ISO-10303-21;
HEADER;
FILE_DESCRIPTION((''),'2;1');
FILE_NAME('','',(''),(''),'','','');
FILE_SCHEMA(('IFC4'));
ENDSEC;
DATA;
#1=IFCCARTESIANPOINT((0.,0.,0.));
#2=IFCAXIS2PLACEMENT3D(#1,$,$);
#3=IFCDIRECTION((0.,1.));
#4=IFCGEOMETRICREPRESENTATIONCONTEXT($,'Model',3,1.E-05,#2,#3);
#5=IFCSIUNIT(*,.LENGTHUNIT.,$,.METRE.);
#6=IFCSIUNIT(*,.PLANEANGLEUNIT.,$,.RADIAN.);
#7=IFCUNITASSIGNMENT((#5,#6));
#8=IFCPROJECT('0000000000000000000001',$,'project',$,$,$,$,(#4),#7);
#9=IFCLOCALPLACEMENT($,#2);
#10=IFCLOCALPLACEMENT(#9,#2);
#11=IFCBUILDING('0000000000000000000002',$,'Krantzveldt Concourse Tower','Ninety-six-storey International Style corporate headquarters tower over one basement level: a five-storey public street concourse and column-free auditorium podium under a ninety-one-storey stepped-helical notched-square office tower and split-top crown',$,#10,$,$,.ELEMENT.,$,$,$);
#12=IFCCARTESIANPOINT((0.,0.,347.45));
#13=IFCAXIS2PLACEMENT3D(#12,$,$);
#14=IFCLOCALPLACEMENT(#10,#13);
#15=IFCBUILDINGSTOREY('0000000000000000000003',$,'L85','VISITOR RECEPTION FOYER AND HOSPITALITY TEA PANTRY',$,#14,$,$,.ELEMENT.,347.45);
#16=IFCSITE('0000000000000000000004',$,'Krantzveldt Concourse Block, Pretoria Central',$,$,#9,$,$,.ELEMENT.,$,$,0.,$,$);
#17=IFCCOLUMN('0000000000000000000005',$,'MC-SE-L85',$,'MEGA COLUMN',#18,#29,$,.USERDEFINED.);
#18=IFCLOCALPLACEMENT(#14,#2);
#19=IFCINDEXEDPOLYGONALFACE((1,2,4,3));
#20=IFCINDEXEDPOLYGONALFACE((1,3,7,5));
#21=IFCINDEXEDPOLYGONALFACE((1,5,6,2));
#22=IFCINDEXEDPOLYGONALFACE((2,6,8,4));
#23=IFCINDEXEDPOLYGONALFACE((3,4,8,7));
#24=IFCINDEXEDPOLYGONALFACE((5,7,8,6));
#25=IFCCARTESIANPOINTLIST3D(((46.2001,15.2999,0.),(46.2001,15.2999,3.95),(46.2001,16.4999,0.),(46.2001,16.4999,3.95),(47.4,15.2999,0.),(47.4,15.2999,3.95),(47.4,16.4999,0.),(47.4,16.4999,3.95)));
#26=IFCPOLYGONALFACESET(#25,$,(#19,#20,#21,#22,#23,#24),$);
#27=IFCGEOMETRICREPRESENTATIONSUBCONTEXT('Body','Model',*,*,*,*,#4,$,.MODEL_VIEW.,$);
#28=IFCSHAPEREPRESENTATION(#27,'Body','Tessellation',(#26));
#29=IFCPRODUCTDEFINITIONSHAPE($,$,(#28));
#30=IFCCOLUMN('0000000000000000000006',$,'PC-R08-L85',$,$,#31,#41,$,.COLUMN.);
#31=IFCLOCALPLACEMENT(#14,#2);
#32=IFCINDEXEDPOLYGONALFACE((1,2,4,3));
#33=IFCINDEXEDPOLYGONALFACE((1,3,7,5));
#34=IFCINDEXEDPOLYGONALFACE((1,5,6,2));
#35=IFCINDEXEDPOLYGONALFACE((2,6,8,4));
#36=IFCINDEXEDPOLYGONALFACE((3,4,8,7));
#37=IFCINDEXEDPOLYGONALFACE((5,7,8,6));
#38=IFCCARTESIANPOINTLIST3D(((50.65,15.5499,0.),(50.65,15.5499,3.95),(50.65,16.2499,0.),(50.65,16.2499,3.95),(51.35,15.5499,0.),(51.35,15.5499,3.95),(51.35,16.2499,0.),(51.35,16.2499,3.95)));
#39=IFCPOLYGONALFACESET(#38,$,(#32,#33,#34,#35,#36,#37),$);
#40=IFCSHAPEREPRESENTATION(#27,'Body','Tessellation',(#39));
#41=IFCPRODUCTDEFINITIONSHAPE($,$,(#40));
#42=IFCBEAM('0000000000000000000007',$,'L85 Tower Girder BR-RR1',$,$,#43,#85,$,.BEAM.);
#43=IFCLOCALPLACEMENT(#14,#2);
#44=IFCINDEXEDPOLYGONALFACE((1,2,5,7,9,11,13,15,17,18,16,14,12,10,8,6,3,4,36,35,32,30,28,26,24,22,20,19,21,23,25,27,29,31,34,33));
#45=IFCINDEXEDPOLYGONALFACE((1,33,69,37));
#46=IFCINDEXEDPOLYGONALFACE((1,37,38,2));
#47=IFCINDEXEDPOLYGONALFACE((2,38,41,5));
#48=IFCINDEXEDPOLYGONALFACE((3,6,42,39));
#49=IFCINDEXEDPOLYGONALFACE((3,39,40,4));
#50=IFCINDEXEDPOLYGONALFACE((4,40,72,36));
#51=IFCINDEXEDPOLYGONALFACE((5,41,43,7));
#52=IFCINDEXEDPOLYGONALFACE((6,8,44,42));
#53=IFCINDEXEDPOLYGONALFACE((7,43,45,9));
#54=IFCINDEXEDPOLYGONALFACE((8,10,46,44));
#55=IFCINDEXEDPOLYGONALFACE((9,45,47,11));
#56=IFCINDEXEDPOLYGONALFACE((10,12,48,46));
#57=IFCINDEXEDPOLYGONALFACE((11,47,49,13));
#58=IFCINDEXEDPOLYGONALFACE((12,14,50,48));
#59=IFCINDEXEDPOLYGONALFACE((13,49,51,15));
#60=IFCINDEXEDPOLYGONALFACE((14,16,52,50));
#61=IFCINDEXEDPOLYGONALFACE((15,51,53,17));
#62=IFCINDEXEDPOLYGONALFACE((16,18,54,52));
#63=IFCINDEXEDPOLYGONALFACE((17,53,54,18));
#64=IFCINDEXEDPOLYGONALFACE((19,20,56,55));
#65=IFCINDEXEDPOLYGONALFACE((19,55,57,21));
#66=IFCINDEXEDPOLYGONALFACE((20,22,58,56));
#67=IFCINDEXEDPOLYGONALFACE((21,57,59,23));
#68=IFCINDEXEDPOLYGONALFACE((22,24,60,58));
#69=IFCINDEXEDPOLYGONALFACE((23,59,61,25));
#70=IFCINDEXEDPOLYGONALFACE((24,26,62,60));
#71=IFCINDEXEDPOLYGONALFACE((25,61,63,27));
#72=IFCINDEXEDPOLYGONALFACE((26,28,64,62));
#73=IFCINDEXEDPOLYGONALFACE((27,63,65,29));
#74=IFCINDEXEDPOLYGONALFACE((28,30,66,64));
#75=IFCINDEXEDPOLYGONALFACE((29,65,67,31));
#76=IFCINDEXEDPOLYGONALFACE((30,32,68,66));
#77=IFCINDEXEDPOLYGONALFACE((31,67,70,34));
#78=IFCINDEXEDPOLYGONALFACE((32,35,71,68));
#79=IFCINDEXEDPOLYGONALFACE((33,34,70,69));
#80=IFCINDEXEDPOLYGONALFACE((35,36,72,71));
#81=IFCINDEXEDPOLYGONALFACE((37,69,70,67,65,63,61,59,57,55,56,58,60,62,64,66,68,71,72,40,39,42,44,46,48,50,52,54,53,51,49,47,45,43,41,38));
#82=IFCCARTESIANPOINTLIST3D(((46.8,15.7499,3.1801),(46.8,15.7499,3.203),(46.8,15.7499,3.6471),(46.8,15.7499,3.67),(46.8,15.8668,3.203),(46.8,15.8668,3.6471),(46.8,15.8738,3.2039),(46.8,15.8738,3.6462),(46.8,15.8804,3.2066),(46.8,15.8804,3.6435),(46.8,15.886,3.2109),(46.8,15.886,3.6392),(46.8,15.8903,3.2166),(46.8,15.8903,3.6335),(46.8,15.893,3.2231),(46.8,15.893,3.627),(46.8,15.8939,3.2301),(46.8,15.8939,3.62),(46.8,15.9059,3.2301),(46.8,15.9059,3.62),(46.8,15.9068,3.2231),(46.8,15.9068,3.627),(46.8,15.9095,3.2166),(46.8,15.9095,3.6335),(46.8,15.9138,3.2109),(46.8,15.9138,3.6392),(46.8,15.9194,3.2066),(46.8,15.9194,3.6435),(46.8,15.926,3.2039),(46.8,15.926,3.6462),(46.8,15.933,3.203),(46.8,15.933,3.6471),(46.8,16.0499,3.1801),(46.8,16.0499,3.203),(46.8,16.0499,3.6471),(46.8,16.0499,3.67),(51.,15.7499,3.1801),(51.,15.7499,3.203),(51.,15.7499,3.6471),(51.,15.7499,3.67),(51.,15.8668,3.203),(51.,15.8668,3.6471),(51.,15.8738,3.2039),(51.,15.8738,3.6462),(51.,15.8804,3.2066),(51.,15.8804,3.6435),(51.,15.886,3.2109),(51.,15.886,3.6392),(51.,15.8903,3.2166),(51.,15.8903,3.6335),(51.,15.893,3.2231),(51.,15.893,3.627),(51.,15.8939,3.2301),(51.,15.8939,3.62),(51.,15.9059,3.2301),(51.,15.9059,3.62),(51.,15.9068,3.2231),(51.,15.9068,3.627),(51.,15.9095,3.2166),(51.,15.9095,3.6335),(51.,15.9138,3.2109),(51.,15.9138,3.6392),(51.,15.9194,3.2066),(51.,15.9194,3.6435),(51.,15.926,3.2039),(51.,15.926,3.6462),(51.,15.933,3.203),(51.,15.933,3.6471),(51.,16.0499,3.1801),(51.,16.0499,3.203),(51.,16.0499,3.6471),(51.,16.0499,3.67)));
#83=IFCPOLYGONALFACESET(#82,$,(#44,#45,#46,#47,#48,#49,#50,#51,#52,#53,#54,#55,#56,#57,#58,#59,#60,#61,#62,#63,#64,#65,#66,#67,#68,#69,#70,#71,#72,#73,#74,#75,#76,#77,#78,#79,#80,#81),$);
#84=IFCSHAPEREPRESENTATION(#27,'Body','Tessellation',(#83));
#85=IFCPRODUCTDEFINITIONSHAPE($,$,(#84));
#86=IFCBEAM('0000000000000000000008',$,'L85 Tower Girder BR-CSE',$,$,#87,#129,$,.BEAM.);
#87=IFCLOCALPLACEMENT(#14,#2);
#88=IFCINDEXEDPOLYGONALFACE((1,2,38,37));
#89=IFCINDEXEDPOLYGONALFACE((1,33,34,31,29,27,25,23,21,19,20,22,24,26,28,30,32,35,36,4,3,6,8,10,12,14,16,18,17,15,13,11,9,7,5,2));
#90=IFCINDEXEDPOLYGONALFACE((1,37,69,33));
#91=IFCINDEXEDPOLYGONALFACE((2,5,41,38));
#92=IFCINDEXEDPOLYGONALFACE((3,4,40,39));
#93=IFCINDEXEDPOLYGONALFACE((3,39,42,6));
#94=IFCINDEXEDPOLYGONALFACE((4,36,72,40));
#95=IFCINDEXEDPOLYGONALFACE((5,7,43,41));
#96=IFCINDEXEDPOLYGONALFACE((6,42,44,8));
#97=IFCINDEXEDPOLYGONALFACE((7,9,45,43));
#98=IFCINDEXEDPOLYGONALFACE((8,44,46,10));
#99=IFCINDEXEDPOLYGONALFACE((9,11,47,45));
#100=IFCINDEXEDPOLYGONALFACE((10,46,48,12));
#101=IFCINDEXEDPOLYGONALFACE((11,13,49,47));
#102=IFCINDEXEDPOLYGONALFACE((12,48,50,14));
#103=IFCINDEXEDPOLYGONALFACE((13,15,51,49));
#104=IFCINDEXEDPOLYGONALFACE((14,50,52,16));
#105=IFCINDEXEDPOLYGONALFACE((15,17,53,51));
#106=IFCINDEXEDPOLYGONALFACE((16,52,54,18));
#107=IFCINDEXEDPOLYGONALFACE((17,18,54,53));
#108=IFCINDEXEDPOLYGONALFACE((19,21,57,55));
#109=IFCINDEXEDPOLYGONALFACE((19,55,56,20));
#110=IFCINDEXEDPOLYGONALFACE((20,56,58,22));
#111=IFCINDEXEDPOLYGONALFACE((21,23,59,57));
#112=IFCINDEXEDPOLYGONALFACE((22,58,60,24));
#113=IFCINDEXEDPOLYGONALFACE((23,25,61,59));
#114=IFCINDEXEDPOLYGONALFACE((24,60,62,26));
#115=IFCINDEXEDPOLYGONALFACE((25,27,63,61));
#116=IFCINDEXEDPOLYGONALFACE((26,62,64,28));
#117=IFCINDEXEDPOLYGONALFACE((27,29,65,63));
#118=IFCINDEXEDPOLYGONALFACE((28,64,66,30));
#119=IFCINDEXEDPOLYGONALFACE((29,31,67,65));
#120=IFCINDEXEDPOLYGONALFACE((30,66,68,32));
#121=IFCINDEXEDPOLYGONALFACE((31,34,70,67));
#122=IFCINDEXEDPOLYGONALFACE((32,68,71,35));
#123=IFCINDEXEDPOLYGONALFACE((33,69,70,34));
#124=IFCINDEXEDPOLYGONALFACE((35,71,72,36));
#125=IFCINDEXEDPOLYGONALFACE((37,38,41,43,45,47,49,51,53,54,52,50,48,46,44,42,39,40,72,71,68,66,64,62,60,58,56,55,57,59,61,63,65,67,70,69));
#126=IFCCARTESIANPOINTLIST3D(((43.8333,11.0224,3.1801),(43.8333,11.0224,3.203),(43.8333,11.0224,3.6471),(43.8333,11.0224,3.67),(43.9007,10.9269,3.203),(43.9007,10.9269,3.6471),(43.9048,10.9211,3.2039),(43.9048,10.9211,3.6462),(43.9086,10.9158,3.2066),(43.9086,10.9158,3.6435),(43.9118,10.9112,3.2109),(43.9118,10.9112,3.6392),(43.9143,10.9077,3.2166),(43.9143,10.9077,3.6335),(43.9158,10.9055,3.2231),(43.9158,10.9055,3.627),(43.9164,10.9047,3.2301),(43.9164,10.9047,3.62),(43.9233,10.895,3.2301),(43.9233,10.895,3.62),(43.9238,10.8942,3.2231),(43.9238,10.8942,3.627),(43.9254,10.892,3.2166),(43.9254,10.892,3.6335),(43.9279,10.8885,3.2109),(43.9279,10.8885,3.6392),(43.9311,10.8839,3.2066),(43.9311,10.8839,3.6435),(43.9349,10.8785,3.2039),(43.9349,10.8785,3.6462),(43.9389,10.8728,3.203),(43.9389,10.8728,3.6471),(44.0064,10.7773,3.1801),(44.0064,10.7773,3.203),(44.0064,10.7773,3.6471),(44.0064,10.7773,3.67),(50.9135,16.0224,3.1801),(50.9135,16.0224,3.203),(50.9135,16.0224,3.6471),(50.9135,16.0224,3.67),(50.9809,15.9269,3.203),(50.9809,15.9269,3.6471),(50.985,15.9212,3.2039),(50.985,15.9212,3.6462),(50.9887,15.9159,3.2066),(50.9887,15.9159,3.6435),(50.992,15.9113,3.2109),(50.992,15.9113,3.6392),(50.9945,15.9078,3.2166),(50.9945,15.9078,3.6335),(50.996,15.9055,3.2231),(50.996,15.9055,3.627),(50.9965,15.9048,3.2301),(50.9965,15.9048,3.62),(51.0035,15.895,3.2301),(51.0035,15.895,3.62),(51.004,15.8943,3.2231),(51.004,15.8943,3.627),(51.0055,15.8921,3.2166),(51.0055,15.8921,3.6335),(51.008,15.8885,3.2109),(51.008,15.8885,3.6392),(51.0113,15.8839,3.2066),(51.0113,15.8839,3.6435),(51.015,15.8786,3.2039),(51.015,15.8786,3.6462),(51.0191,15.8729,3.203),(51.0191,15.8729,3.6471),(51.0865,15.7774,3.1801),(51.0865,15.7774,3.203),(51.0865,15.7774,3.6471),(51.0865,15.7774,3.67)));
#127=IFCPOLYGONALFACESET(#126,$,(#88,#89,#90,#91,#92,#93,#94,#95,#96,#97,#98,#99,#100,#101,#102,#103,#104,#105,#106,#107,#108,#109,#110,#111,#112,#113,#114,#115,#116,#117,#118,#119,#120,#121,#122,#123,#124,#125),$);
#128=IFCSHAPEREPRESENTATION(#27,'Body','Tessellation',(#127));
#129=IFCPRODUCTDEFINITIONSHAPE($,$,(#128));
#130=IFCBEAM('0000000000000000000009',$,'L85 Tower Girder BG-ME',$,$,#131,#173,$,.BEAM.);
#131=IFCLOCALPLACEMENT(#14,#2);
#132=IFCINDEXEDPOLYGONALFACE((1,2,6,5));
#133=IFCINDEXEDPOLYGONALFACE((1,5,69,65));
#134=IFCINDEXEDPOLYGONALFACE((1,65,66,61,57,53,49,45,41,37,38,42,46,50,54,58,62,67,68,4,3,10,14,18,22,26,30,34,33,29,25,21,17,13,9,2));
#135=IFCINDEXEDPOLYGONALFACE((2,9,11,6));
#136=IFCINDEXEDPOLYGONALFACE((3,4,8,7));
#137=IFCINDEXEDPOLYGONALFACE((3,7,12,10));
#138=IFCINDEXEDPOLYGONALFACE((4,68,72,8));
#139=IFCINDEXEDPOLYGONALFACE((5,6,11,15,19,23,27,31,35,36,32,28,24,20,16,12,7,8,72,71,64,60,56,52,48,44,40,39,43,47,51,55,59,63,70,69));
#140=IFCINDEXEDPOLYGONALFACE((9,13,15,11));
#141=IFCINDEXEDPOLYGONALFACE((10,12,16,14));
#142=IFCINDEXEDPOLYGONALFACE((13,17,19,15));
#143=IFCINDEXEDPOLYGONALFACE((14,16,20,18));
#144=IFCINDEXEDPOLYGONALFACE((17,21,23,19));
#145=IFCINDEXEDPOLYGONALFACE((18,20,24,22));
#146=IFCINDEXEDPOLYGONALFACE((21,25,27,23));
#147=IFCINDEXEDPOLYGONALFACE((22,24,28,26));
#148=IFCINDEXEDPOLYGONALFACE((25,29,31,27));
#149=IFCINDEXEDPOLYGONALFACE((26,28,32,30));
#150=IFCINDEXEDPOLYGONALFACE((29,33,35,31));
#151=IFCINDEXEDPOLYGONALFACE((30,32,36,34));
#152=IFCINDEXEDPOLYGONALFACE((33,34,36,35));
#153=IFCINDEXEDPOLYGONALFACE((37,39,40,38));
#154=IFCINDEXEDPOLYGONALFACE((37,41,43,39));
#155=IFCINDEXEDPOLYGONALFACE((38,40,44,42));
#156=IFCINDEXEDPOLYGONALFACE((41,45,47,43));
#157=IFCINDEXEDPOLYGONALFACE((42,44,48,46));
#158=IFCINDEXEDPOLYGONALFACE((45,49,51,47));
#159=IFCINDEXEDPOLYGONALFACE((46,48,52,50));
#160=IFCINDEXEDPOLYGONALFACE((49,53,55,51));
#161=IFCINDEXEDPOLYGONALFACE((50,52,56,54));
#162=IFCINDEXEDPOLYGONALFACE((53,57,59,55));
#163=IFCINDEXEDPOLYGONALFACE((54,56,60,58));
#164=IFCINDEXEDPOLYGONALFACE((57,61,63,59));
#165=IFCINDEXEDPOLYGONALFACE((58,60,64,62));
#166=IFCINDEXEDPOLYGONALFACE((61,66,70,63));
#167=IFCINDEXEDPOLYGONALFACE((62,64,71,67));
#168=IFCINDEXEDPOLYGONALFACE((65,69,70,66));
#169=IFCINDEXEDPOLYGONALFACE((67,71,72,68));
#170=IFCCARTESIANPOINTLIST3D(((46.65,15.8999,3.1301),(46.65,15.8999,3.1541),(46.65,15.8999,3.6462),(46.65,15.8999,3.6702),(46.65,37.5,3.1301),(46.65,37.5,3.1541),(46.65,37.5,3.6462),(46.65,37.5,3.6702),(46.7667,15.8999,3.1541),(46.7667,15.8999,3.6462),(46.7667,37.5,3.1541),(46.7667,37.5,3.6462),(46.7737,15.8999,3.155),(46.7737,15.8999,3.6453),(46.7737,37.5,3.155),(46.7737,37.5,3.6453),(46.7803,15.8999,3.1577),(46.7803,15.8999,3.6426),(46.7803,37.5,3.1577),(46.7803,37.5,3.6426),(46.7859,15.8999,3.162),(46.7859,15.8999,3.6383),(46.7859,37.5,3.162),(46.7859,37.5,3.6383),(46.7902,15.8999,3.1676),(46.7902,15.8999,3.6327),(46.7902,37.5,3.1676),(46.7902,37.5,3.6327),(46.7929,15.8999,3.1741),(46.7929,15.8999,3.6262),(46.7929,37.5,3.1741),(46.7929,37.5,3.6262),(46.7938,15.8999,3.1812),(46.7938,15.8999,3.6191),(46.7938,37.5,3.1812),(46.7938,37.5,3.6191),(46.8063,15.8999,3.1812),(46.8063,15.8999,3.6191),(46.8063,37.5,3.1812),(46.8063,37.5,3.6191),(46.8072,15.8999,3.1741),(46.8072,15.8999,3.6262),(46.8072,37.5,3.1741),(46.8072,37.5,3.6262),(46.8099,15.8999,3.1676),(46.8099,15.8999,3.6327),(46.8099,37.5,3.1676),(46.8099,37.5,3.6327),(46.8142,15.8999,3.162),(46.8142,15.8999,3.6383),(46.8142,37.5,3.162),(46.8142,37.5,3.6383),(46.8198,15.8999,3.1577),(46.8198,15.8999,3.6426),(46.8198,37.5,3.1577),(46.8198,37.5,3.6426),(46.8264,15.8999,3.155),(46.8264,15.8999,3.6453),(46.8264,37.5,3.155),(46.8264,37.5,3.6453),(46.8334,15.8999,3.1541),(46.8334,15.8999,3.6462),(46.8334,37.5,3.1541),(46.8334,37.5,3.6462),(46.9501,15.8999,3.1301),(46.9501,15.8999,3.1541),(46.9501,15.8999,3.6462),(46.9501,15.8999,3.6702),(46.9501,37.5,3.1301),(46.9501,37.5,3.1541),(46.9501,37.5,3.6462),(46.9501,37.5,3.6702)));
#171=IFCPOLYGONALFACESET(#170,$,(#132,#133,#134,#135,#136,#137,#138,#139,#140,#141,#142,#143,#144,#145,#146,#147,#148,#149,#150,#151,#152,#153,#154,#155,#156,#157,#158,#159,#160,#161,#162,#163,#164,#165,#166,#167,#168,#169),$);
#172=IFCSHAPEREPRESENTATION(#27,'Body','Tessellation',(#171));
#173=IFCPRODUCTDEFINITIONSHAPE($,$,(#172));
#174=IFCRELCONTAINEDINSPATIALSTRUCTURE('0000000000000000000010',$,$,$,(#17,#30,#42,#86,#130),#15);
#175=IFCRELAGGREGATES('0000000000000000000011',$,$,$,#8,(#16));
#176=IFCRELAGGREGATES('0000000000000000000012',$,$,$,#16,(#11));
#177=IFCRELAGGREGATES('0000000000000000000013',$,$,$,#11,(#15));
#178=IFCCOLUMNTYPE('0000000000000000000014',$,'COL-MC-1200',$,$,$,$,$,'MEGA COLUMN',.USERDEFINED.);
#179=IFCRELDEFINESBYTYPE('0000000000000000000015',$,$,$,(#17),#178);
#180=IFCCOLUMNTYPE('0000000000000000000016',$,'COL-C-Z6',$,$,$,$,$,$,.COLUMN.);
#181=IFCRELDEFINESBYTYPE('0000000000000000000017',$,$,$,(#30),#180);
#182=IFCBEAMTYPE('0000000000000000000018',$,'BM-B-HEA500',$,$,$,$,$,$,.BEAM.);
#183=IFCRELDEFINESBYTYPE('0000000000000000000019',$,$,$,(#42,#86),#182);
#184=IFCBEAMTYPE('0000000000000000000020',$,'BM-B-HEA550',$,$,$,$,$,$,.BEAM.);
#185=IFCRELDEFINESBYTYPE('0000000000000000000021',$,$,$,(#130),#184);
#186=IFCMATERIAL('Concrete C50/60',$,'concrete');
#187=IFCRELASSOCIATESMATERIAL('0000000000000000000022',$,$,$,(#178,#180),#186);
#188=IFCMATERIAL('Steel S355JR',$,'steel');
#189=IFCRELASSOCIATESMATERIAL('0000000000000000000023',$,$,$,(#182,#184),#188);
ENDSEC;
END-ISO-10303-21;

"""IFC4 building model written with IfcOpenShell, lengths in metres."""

from ifc_helpers import new_model, si_unit, direction, frame, origin, origin_2d, place, context, subcontext, project, spatial, rectangle, i_section, extrude, source, transform, mapped, material, material_profile, profile_set, type_object, type_shapes, element, save


model = new_model("IFC4")

# Units and contexts
model_context = context("Model", 3, precision=1e-05, world=origin(), true_north=direction((0.0, 1.0)))
body_context = subcontext(model_context, "Body", "Model", "MODEL_VIEW")
ifc_project = project(units=[si_unit("LENGTHUNIT", "METRE"), si_unit("PLANEANGLEUNIT", "RADIAN")], contexts=[model_context])

# Site, building, storey
site_placement = place(None, origin())
site = spatial("IfcSite", under=ifc_project, at=site_placement, Name="Krantzveldt Concourse Block, Pretoria Central", CompositionType="ELEMENT", RefElevation=0.0)
building_placement = place(site_placement, origin())
building = spatial("IfcBuilding", under=site, at=building_placement, Name="Krantzveldt Concourse Tower", Description="Ninety-six-storey International Style corporate headquarters tower over one basement level: a five-storey public street concourse and column-free auditorium podium under a ninety-one-storey stepped-helical notched-square office tower and split-top crown", CompositionType="ELEMENT")
storey_placement = place(building_placement, frame((0.0, 0.0, 347.45)))
storey = spatial("IfcBuildingStorey", under=building, at=storey_placement, Name="L85", Description="VISITOR RECEPTION FOYER AND HOSPITALITY TEA PANTRY", CompositionType="ELEMENT", Elevation=347.45)

# Columns
ifc_material_1 = material(Name="Concrete C50/60", Category="concrete")
ifc_material_profile_1 = material_profile(ifc_material_1, rectangle(XDim=1.2, YDim=1.2, at=origin_2d()), Name="Concrete C50/60", Category="concrete")
ifc_profile_set_1 = profile_set([ifc_material_profile_1], Name="Concrete C50/60 - RC 1200x1200")
column_type_1 = type_object("IfcColumnType", Name="COL-MC-1200", ElementType="MEGA COLUMN", PredefinedType="USERDEFINED", material=ifc_profile_set_1)
shared_shape_1 = source(origin(), body_context, "Body", "SweptSolid", [
    extrude(rectangle(XDim=1.2, YDim=1.2, at=origin_2d()), origin(), (0.0, 0.0, 1.0), 3.95),
])
type_shapes(column_type_1, [shared_shape_1])
column_1_placement = place(storey_placement, frame((46.8, 15.8999, 0.0), z_axis=(0.0, 0.0, 1.0), x_axis=(1.0, 0.0, 0.0)))
element("IfcColumn", 1, at=column_1_placement, inside=storey, type_object=column_type_1, Name="MC-SE-L85", ObjectType="MEGA COLUMN", PredefinedType="USERDEFINED", context=body_context, shape_type="MappedRepresentation", body=[
    mapped(shared_shape_1, transform((0.0, 0.0, 0.0), x_axis=(1.0, 0.0, 0.0), y_axis=(0.0, 1.0, 0.0), z_axis=(0.0, 0.0, 1.0), scale=1.0)),
])
ifc_material_profile_2 = material_profile(ifc_material_1, rectangle(XDim=0.7, YDim=0.7, at=origin_2d()), Name="Concrete C50/60", Category="concrete")
ifc_profile_set_2 = profile_set([ifc_material_profile_2], Name="Concrete C50/60 - RC 700x700")
column_type_2 = type_object("IfcColumnType", Name="COL-C-Z6", PredefinedType="COLUMN", material=ifc_profile_set_2)
shared_shape_2 = source(origin(), body_context, "Body", "SweptSolid", [
    extrude(rectangle(XDim=0.7, YDim=0.7, at=origin_2d()), origin(), (0.0, 0.0, 1.0), 3.95),
])
type_shapes(column_type_2, [shared_shape_2])
column_2_placement = place(storey_placement, frame((51.0, 15.8999, 0.0), z_axis=(0.0, 0.0, 1.0), x_axis=(1.0, 0.0, 0.0)))
element("IfcColumn", 2, at=column_2_placement, inside=storey, type_object=column_type_2, Name="PC-R08-L85", PredefinedType="COLUMN", context=body_context, shape_type="MappedRepresentation", body=[
    mapped(shared_shape_2, transform((0.0, 0.0, 0.0), x_axis=(1.0, 0.0, 0.0), y_axis=(0.0, 1.0, 0.0), z_axis=(0.0, 0.0, 1.0), scale=1.0)),
])

# Beams
ifc_material_2 = material(Name="Steel S355JR", Category="steel")
ifc_material_profile_3 = material_profile(ifc_material_2, i_section(OverallWidth=0.3, OverallDepth=0.49, WebThickness=0.012, FlangeThickness=0.0229, FilletRadius=0.0271, at=origin_2d()), Name="Steel S355JR", Category="steel")
ifc_profile_set_3 = profile_set([ifc_material_profile_3], Name="Steel S355JR - HEA 500")
beam_type_1 = type_object("IfcBeamType", Name="BM-B-HEA500", PredefinedType="BEAM", material=ifc_profile_set_3)
shared_shape_3 = source(origin(), body_context, "Body", "SweptSolid", [
    extrude(i_section(OverallWidth=0.3, OverallDepth=0.49, WebThickness=0.012, FlangeThickness=0.0229, FilletRadius=0.0271, at=origin_2d()), origin(), (0.0, 0.0, 1.0), 4.2),
])
beam_1_placement = place(storey_placement, frame((46.8, 15.8999, 3.425), z_axis=(1.0, 0.0, 0.0), x_axis=(0.0, 1.0, 0.0)))
element("IfcBeam", 3, at=beam_1_placement, inside=storey, type_object=beam_type_1, Name="L85 Tower Girder BR-RR1", PredefinedType="BEAM", context=body_context, shape_type="MappedRepresentation", body=[
    mapped(shared_shape_3, transform((0.0, 0.0, 0.0), x_axis=(1.0, 0.0, 0.0), y_axis=(0.0, 1.0, 0.0), z_axis=(0.0, 0.0, 1.0), scale=1.0)),
])
shared_shape_4 = source(origin(), body_context, "Body", "SweptSolid", [
    extrude(i_section(OverallWidth=0.3, OverallDepth=0.49, WebThickness=0.012, FlangeThickness=0.0229, FilletRadius=0.0271, at=origin_2d()), origin(), (0.0, 0.0, 1.0), 8.6677),
])
type_shapes(beam_type_1, [shared_shape_3, shared_shape_4])
beam_2_placement = place(storey_placement, frame((51.0, 15.8999, 3.425), z_axis=(-0.816843, -0.57686, 0.0), x_axis=(0.57686, -0.816843, 0.0)))
element("IfcBeam", 4, at=beam_2_placement, inside=storey, type_object=beam_type_1, Name="L85 Tower Girder BR-CSE", PredefinedType="BEAM", context=body_context, shape_type="MappedRepresentation", body=[
    mapped(shared_shape_4, transform((0.0, 0.0, 0.0), x_axis=(1.0, 0.0, 0.0), y_axis=(0.0, 1.0, 0.0), z_axis=(0.0, 0.0, 1.0), scale=1.0)),
])
ifc_material_profile_4 = material_profile(ifc_material_2, i_section(OverallWidth=0.3, OverallDepth=0.54, WebThickness=0.0125, FlangeThickness=0.0239, FilletRadius=0.0271, at=origin_2d()), Name="Steel S355JR", Category="steel")
ifc_profile_set_4 = profile_set([ifc_material_profile_4], Name="Steel S355JR - HEA 550")
beam_type_2 = type_object("IfcBeamType", Name="BM-B-HEA550", PredefinedType="BEAM", material=ifc_profile_set_4)
shared_shape_5 = source(origin(), body_context, "Body", "SweptSolid", [
    extrude(i_section(OverallWidth=0.3, OverallDepth=0.54, WebThickness=0.0125, FlangeThickness=0.0239, FilletRadius=0.0271, at=origin_2d()), origin(), (0.0, 0.0, 1.0), 21.6001),
])
beam_3_placement = place(storey_placement, frame((46.8, 15.8999, 3.4001), z_axis=(0.0, 1.0, 0.0), x_axis=(-1.0, 0.0, 0.0)))
element("IfcBeam", 5, at=beam_3_placement, inside=storey, type_object=beam_type_2, Name="L85 Tower Girder BG-ME", PredefinedType="BEAM", context=body_context, shape_type="MappedRepresentation", body=[
    mapped(shared_shape_5, transform((0.0, 0.0, 0.0), x_axis=(1.0, 0.0, 0.0), y_axis=(0.0, 1.0, 0.0), z_axis=(0.0, 0.0, 1.0), scale=1.0)),
])

save(model, "model.ifc")
